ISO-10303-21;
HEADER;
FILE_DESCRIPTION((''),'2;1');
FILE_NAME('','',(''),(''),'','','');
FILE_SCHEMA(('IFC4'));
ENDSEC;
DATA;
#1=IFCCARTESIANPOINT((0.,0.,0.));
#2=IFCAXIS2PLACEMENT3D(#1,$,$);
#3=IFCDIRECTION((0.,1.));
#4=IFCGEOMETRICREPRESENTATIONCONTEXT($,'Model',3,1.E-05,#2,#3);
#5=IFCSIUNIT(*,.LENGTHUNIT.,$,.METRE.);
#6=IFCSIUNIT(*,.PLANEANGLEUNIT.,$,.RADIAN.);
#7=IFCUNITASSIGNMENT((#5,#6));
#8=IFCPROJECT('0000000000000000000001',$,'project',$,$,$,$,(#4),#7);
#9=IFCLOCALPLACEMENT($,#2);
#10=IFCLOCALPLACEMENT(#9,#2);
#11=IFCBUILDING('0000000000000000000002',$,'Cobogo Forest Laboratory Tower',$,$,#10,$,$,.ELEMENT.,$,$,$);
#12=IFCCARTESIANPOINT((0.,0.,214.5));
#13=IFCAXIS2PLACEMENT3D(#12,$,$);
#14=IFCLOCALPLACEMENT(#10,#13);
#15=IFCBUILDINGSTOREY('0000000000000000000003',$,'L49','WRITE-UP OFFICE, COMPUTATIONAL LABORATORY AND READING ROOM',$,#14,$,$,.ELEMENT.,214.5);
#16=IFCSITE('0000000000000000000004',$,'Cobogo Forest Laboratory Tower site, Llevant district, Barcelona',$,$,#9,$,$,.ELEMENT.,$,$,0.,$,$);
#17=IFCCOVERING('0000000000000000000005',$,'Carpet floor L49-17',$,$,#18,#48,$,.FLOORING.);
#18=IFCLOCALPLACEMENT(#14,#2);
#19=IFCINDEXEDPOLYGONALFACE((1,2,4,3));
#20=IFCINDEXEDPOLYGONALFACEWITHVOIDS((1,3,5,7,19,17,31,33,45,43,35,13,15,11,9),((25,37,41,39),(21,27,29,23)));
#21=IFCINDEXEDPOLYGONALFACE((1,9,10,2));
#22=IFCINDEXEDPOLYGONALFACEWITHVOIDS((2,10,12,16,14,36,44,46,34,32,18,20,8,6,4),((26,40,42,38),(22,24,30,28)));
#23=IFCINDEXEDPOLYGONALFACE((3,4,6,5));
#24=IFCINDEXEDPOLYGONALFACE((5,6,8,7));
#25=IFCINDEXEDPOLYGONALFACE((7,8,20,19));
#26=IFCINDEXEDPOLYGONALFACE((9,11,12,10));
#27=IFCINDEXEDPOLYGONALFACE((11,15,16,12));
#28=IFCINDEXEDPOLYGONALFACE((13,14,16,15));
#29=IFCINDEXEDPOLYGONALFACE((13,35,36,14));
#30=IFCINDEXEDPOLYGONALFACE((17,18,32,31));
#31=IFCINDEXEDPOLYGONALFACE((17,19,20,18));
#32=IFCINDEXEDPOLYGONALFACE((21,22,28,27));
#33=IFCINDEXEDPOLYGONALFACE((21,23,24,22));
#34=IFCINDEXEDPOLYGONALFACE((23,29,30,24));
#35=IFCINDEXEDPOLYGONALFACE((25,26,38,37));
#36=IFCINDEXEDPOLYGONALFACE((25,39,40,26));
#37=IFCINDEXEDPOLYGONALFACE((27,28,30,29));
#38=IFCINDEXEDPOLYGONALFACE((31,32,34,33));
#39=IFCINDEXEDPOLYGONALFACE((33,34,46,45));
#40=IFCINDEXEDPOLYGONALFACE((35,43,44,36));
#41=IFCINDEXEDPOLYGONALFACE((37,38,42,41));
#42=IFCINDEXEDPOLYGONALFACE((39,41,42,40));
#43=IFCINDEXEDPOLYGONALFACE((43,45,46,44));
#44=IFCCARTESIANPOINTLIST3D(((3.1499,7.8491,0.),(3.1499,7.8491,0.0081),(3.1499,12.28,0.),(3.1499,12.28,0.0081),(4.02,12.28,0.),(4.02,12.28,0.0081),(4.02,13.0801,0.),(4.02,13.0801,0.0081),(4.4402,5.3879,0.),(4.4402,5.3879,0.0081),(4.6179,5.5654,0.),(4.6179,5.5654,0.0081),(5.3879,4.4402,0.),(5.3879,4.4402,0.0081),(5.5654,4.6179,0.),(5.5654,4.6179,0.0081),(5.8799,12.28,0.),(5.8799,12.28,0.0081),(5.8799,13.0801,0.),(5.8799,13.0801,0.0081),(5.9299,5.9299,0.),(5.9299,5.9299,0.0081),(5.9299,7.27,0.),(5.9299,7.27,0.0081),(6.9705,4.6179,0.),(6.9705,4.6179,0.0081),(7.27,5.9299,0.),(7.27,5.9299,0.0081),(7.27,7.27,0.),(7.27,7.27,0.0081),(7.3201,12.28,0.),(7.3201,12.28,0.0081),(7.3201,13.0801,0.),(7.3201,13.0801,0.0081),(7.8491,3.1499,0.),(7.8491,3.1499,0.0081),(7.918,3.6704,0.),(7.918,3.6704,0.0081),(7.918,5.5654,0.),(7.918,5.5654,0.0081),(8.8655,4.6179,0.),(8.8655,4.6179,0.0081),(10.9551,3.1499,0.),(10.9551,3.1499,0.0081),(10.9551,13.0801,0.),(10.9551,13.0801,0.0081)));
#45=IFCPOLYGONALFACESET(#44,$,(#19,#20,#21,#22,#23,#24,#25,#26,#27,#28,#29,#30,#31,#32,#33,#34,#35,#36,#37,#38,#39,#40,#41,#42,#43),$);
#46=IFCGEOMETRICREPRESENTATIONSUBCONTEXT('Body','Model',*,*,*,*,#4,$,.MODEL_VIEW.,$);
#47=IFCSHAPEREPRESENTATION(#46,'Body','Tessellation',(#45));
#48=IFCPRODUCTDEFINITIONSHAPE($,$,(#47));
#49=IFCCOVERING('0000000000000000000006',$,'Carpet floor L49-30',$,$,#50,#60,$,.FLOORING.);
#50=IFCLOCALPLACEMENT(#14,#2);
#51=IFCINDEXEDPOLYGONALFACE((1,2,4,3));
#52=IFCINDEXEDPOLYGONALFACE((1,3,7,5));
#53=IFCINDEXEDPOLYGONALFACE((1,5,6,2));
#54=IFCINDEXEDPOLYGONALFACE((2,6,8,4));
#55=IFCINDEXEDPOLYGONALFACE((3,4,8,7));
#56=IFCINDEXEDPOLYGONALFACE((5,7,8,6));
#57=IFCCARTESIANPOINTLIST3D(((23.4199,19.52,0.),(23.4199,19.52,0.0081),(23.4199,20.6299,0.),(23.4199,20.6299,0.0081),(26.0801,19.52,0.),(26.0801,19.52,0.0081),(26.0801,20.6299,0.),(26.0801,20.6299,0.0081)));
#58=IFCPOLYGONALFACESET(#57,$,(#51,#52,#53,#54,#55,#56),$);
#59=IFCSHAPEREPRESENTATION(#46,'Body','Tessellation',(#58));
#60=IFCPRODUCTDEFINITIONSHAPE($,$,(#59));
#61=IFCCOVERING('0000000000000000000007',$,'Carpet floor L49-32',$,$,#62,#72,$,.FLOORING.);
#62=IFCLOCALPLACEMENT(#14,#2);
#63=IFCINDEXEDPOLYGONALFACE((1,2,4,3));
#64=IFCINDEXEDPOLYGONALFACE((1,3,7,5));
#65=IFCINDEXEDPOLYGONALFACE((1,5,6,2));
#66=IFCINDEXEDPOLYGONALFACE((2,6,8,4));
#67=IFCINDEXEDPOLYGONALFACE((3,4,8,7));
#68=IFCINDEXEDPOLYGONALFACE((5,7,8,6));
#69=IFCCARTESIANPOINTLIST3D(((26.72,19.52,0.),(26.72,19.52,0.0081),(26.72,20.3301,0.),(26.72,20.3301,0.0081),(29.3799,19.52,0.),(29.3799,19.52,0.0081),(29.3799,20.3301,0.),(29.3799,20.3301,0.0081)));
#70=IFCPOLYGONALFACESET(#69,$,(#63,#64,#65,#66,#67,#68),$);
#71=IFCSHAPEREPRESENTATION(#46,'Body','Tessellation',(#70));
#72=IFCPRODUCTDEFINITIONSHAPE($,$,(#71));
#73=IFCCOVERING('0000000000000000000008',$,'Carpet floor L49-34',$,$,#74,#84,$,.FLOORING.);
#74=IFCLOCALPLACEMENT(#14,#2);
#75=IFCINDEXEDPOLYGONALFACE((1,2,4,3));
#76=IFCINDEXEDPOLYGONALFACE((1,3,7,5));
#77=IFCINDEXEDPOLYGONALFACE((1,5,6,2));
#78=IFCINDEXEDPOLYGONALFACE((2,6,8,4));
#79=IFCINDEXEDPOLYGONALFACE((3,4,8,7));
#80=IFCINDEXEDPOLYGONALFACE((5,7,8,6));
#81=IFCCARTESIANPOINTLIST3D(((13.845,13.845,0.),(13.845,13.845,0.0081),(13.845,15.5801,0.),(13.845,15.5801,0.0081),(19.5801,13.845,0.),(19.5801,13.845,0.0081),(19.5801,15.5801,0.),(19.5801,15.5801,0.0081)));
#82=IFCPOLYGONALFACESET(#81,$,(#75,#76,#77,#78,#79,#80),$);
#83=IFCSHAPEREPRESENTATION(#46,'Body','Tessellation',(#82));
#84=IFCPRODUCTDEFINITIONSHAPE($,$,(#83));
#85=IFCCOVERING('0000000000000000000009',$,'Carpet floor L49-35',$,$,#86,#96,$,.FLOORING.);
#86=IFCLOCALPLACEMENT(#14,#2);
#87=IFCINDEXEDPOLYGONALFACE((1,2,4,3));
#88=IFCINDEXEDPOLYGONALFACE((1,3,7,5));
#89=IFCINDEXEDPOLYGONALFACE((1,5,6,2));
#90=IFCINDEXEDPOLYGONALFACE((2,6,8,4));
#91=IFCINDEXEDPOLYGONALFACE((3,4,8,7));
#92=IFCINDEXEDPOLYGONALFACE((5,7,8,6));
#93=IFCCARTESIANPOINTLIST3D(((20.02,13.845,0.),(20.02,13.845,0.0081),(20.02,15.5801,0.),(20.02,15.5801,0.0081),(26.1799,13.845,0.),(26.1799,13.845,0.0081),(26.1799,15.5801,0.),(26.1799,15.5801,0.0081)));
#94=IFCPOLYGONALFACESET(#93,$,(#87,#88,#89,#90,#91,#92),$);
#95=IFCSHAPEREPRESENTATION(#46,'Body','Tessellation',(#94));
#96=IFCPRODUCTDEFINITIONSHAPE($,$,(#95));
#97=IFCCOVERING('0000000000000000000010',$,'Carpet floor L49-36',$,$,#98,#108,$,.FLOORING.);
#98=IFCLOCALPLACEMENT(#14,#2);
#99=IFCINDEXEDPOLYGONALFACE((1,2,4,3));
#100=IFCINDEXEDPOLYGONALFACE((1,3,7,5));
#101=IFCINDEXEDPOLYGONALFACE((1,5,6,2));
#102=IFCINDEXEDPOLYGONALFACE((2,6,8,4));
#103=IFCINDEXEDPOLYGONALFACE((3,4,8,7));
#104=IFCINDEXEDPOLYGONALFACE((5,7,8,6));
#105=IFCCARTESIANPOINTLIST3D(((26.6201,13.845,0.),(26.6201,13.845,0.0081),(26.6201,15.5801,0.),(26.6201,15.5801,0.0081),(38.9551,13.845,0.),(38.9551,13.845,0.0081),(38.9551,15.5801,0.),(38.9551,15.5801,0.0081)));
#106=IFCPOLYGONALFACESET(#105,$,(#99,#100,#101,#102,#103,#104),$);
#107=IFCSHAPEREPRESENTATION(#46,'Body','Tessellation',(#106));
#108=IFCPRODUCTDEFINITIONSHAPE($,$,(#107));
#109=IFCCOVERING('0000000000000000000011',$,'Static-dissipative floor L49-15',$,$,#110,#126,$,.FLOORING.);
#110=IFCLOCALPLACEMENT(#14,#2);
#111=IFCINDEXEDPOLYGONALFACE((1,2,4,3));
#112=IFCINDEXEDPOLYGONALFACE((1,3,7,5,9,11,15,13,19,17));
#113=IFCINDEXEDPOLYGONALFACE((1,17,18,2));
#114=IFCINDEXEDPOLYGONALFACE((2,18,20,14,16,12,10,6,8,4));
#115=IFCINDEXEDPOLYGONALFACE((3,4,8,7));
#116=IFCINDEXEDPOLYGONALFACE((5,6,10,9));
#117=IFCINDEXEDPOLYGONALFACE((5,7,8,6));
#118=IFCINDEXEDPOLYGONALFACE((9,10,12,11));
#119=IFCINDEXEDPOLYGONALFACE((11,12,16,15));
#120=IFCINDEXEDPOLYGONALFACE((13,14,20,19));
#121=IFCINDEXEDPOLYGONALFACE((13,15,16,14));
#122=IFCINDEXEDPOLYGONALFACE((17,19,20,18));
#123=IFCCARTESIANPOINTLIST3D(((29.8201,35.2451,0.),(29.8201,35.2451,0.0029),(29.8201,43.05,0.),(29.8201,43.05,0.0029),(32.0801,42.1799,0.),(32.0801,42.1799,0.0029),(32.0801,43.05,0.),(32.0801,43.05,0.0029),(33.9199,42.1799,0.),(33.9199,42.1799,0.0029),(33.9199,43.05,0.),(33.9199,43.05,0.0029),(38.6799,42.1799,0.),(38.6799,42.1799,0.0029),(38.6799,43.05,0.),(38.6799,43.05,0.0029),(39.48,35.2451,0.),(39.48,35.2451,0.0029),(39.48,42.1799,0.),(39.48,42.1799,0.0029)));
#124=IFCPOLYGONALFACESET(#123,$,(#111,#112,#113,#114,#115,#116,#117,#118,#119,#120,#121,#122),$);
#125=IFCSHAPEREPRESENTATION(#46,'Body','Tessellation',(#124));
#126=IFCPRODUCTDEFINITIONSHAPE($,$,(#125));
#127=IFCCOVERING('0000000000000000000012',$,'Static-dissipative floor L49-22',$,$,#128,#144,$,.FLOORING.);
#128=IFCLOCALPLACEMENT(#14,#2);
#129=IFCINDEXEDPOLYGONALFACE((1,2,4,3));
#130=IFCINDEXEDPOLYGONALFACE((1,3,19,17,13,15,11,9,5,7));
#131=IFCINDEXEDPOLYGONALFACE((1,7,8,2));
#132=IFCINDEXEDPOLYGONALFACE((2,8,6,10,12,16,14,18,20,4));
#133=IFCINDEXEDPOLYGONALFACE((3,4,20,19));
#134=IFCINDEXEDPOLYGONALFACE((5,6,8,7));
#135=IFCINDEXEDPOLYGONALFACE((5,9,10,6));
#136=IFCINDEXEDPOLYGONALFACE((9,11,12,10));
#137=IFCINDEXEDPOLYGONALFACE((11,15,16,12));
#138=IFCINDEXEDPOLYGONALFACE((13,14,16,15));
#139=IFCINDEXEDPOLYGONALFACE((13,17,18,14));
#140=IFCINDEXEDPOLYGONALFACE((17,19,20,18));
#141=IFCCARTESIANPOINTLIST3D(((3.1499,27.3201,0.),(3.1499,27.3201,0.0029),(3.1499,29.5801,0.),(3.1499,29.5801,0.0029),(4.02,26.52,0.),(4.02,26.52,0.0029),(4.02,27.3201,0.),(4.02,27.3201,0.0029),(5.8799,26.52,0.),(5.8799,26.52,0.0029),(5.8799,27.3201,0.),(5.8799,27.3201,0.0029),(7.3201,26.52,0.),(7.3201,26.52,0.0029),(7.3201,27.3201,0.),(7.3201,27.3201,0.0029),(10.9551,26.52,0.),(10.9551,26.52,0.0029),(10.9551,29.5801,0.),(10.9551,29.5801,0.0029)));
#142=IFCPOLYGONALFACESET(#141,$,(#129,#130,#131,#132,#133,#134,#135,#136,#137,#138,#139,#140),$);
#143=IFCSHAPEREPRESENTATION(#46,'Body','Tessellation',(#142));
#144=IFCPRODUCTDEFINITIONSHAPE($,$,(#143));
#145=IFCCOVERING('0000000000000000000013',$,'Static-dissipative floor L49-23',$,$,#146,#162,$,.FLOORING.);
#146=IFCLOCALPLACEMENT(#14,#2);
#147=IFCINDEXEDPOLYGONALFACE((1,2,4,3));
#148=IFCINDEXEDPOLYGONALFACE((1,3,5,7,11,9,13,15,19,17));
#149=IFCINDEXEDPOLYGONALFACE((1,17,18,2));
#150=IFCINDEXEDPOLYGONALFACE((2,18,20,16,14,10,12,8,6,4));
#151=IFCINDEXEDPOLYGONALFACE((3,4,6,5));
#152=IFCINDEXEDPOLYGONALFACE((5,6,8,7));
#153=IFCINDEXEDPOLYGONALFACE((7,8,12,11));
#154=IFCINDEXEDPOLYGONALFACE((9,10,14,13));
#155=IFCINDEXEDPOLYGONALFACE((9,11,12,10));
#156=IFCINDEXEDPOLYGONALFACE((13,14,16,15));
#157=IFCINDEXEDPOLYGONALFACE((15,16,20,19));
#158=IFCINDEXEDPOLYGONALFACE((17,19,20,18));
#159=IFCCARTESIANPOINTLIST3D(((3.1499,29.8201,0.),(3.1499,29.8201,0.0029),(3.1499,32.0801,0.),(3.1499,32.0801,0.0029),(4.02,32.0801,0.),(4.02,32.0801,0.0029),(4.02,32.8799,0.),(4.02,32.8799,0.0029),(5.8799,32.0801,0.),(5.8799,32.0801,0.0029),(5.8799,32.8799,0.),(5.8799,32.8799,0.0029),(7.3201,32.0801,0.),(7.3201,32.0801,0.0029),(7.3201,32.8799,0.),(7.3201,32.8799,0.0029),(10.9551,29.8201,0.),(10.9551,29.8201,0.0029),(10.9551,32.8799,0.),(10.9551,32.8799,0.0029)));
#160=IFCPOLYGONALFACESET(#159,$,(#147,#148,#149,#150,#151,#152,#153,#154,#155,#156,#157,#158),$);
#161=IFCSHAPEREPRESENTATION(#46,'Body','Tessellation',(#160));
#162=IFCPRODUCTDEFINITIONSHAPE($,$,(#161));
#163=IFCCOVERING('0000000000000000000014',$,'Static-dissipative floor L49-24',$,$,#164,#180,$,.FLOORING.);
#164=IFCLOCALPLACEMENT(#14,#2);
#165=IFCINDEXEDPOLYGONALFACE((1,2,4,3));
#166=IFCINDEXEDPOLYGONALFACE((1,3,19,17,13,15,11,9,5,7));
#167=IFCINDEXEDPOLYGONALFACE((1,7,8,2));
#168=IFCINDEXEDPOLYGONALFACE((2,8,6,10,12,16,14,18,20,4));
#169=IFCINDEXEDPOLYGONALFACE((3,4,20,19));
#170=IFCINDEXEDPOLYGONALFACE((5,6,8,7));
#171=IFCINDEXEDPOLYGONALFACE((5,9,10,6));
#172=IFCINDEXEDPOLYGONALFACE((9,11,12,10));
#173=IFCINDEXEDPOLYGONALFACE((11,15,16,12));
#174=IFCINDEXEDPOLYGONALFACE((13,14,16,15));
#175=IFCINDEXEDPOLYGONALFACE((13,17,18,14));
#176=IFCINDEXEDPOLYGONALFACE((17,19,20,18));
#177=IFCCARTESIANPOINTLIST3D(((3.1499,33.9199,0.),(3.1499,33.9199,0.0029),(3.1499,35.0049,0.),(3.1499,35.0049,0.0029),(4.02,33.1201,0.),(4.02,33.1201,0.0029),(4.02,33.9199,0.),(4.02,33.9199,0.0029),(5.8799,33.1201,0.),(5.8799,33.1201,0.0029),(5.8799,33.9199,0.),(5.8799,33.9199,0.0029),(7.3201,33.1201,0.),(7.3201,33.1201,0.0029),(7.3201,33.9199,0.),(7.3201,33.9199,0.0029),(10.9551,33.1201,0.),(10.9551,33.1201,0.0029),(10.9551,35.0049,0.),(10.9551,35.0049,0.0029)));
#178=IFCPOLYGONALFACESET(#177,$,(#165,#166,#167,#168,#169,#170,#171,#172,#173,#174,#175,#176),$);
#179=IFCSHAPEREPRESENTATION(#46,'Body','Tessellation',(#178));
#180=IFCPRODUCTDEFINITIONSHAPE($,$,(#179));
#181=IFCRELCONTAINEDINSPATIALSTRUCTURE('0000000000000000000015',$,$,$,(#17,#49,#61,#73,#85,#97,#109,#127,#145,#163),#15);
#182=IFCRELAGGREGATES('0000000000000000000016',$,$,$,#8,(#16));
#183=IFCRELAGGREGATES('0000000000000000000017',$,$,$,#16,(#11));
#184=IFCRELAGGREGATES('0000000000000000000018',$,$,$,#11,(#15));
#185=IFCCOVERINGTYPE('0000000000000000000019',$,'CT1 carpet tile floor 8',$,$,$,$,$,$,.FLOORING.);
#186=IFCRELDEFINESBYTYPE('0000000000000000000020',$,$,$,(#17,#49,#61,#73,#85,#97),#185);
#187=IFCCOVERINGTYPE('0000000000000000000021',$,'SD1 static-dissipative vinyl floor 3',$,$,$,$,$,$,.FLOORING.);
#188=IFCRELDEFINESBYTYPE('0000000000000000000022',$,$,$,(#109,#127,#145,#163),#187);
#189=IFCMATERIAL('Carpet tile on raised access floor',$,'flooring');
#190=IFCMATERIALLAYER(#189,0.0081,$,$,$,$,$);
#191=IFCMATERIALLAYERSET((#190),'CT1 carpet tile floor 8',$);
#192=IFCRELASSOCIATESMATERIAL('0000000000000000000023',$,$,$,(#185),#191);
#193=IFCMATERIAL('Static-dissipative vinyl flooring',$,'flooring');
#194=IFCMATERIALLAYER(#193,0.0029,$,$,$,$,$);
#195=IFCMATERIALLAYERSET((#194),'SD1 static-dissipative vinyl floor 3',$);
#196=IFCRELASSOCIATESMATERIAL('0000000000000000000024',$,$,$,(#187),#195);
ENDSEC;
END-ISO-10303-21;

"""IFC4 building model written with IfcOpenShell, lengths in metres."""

from ifc_helpers import new_model, si_unit, direction, frame, origin, place, context, subcontext, project, spatial, polyline, outline, extrude, material, layer, layer_set, type_object, element, save


model = new_model("IFC4")

# Units and contexts
model_context = context("Model", 3, precision=1e-05, world=origin(), true_north=direction((0.0, 1.0)))
body_context = subcontext(model_context, "Body", "Model", "MODEL_VIEW")
ifc_project = project(units=[si_unit("LENGTHUNIT", "METRE"), si_unit("PLANEANGLEUNIT", "RADIAN")], contexts=[model_context])

# Site, building, storey
site_placement = place(None, origin())
site = spatial("IfcSite", under=ifc_project, at=site_placement, Name="Cobogo Forest Laboratory Tower site, Llevant district, Barcelona", CompositionType="ELEMENT", RefElevation=0.0)
building_placement = place(site_placement, origin())
building = spatial("IfcBuilding", under=site, at=building_placement, Name="Cobogo Forest Laboratory Tower", CompositionType="ELEMENT")
storey_placement = place(building_placement, frame((0.0, 0.0, 214.5)))
storey = spatial("IfcBuildingStorey", under=building, at=storey_placement, Name="L49", Description="WRITE-UP OFFICE, COMPUTATIONAL LABORATORY AND READING ROOM", CompositionType="ELEMENT", Elevation=214.5)

# Coverings
ifc_material_1 = material(Name="Carpet tile on raised access floor", Category="flooring")
ifc_layer_1 = layer(ifc_material_1, 0.0081)
ifc_layer_set_1 = layer_set([ifc_layer_1], Name="CT1 carpet tile floor 8")
covering_type_1 = type_object("IfcCoveringType", Name="CT1 carpet tile floor 8", PredefinedType="FLOORING", material=ifc_layer_set_1)
covering_1_placement = place(storey_placement, origin())
element("IfcCovering", 1, at=covering_1_placement, inside=storey, type_object=covering_type_1, Name="Carpet floor L49-17", PredefinedType="FLOORING", context=body_context, shape_type="SweptSolid", body=[
    extrude(outline(polyline([(10.9551, 3.1499), (7.8491, 3.1499), (5.3879, 4.4402), (5.5654, 4.6179), (4.6179, 5.5654), (4.4402, 5.3879), (3.1499, 7.8491), (3.1499, 12.28), (4.02, 12.28), (4.02, 13.0801), (5.8799, 13.0801), (5.8799, 12.28), (7.3201, 12.28), (7.3201, 13.0801), (10.9551, 13.0801), (10.9551, 3.1499)]), holes=[polyline([(7.918, 3.6704), (8.8655, 4.6179), (7.918, 5.5654), (6.9705, 4.6179), (7.918, 3.6704)]), polyline([(5.9299, 5.9299), (7.27, 5.9299), (7.27, 7.27), (5.9299, 7.27), (5.9299, 5.9299)])]), origin(), (0.0, 0.0, 1.0), 0.0081),
])
covering_2_placement = place(storey_placement, origin())
element("IfcCovering", 2, at=covering_2_placement, inside=storey, type_object=covering_type_1, Name="Carpet floor L49-30", PredefinedType="FLOORING", context=body_context, shape_type="SweptSolid", body=[
    extrude(outline(polyline([(26.0801, 19.52), (23.4199, 19.52), (23.4199, 20.6299), (26.0801, 20.6299), (26.0801, 19.52)])), origin(), (0.0, 0.0, 1.0), 0.0081),
])
covering_3_placement = place(storey_placement, origin())
element("IfcCovering", 3, at=covering_3_placement, inside=storey, type_object=covering_type_1, Name="Carpet floor L49-32", PredefinedType="FLOORING", context=body_context, shape_type="SweptSolid", body=[
    extrude(outline(polyline([(29.3799, 19.52), (26.72, 19.52), (26.72, 20.3301), (29.3799, 20.3301), (29.3799, 19.52)])), origin(), (0.0, 0.0, 1.0), 0.0081),
])
covering_4_placement = place(storey_placement, origin())
element("IfcCovering", 4, at=covering_4_placement, inside=storey, type_object=covering_type_1, Name="Carpet floor L49-34", PredefinedType="FLOORING", context=body_context, shape_type="SweptSolid", body=[
    extrude(outline(polyline([(19.5801, 13.845), (13.845, 13.845), (13.845, 15.5801), (19.5801, 15.5801), (19.5801, 13.845)])), origin(), (0.0, 0.0, 1.0), 0.0081),
])
covering_5_placement = place(storey_placement, origin())
element("IfcCovering", 5, at=covering_5_placement, inside=storey, type_object=covering_type_1, Name="Carpet floor L49-35", PredefinedType="FLOORING", context=body_context, shape_type="SweptSolid", body=[
    extrude(outline(polyline([(26.1799, 13.845), (20.02, 13.845), (20.02, 15.5801), (26.1799, 15.5801), (26.1799, 13.845)])), origin(), (0.0, 0.0, 1.0), 0.0081),
])
covering_6_placement = place(storey_placement, origin())
element("IfcCovering", 6, at=covering_6_placement, inside=storey, type_object=covering_type_1, Name="Carpet floor L49-36", PredefinedType="FLOORING", context=body_context, shape_type="SweptSolid", body=[
    extrude(outline(polyline([(38.9551, 13.845), (26.6201, 13.845), (26.6201, 15.5801), (38.9551, 15.5801), (38.9551, 13.845)])), origin(), (0.0, 0.0, 1.0), 0.0081),
])
ifc_material_2 = material(Name="Static-dissipative vinyl flooring", Category="flooring")
ifc_layer_2 = layer(ifc_material_2, 0.0029)
ifc_layer_set_2 = layer_set([ifc_layer_2], Name="SD1 static-dissipative vinyl floor 3")
covering_type_2 = type_object("IfcCoveringType", Name="SD1 static-dissipative vinyl floor 3", PredefinedType="FLOORING", material=ifc_layer_set_2)
covering_7_placement = place(storey_placement, origin())
element("IfcCovering", 7, at=covering_7_placement, inside=storey, type_object=covering_type_2, Name="Static-dissipative floor L49-15", PredefinedType="FLOORING", context=body_context, shape_type="SweptSolid", body=[
    extrude(outline(polyline([(29.8201, 35.2451), (29.8201, 43.05), (32.0801, 43.05), (32.0801, 42.1799), (33.9199, 42.1799), (33.9199, 43.05), (38.6799, 43.05), (38.6799, 42.1799), (39.48, 42.1799), (39.48, 35.2451), (29.8201, 35.2451)])), origin(), (0.0, 0.0, 1.0), 0.0029),
])
covering_8_placement = place(storey_placement, origin())
element("IfcCovering", 8, at=covering_8_placement, inside=storey, type_object=covering_type_2, Name="Static-dissipative floor L49-22", PredefinedType="FLOORING", context=body_context, shape_type="SweptSolid", body=[
    extrude(outline(polyline([(10.9551, 26.52), (7.3201, 26.52), (7.3201, 27.3201), (5.8799, 27.3201), (5.8799, 26.52), (4.02, 26.52), (4.02, 27.3201), (3.1499, 27.3201), (3.1499, 29.5801), (10.9551, 29.5801), (10.9551, 26.52)])), origin(), (0.0, 0.0, 1.0), 0.0029),
])
covering_9_placement = place(storey_placement, origin())
element("IfcCovering", 9, at=covering_9_placement, inside=storey, type_object=covering_type_2, Name="Static-dissipative floor L49-23", PredefinedType="FLOORING", context=body_context, shape_type="SweptSolid", body=[
    extrude(outline(polyline([(10.9551, 29.8201), (3.1499, 29.8201), (3.1499, 32.0801), (4.02, 32.0801), (4.02, 32.8799), (5.8799, 32.8799), (5.8799, 32.0801), (7.3201, 32.0801), (7.3201, 32.8799), (10.9551, 32.8799), (10.9551, 29.8201)])), origin(), (0.0, 0.0, 1.0), 0.0029),
])
covering_10_placement = place(storey_placement, origin())
element("IfcCovering", 10, at=covering_10_placement, inside=storey, type_object=covering_type_2, Name="Static-dissipative floor L49-24", PredefinedType="FLOORING", context=body_context, shape_type="SweptSolid", body=[
    extrude(outline(polyline([(10.9551, 33.1201), (7.3201, 33.1201), (7.3201, 33.9199), (5.8799, 33.9199), (5.8799, 33.1201), (4.02, 33.1201), (4.02, 33.9199), (3.1499, 33.9199), (3.1499, 35.0049), (10.9551, 35.0049), (10.9551, 33.1201)])), origin(), (0.0, 0.0, 1.0), 0.0029),
])

save(model, "model.ifc")
